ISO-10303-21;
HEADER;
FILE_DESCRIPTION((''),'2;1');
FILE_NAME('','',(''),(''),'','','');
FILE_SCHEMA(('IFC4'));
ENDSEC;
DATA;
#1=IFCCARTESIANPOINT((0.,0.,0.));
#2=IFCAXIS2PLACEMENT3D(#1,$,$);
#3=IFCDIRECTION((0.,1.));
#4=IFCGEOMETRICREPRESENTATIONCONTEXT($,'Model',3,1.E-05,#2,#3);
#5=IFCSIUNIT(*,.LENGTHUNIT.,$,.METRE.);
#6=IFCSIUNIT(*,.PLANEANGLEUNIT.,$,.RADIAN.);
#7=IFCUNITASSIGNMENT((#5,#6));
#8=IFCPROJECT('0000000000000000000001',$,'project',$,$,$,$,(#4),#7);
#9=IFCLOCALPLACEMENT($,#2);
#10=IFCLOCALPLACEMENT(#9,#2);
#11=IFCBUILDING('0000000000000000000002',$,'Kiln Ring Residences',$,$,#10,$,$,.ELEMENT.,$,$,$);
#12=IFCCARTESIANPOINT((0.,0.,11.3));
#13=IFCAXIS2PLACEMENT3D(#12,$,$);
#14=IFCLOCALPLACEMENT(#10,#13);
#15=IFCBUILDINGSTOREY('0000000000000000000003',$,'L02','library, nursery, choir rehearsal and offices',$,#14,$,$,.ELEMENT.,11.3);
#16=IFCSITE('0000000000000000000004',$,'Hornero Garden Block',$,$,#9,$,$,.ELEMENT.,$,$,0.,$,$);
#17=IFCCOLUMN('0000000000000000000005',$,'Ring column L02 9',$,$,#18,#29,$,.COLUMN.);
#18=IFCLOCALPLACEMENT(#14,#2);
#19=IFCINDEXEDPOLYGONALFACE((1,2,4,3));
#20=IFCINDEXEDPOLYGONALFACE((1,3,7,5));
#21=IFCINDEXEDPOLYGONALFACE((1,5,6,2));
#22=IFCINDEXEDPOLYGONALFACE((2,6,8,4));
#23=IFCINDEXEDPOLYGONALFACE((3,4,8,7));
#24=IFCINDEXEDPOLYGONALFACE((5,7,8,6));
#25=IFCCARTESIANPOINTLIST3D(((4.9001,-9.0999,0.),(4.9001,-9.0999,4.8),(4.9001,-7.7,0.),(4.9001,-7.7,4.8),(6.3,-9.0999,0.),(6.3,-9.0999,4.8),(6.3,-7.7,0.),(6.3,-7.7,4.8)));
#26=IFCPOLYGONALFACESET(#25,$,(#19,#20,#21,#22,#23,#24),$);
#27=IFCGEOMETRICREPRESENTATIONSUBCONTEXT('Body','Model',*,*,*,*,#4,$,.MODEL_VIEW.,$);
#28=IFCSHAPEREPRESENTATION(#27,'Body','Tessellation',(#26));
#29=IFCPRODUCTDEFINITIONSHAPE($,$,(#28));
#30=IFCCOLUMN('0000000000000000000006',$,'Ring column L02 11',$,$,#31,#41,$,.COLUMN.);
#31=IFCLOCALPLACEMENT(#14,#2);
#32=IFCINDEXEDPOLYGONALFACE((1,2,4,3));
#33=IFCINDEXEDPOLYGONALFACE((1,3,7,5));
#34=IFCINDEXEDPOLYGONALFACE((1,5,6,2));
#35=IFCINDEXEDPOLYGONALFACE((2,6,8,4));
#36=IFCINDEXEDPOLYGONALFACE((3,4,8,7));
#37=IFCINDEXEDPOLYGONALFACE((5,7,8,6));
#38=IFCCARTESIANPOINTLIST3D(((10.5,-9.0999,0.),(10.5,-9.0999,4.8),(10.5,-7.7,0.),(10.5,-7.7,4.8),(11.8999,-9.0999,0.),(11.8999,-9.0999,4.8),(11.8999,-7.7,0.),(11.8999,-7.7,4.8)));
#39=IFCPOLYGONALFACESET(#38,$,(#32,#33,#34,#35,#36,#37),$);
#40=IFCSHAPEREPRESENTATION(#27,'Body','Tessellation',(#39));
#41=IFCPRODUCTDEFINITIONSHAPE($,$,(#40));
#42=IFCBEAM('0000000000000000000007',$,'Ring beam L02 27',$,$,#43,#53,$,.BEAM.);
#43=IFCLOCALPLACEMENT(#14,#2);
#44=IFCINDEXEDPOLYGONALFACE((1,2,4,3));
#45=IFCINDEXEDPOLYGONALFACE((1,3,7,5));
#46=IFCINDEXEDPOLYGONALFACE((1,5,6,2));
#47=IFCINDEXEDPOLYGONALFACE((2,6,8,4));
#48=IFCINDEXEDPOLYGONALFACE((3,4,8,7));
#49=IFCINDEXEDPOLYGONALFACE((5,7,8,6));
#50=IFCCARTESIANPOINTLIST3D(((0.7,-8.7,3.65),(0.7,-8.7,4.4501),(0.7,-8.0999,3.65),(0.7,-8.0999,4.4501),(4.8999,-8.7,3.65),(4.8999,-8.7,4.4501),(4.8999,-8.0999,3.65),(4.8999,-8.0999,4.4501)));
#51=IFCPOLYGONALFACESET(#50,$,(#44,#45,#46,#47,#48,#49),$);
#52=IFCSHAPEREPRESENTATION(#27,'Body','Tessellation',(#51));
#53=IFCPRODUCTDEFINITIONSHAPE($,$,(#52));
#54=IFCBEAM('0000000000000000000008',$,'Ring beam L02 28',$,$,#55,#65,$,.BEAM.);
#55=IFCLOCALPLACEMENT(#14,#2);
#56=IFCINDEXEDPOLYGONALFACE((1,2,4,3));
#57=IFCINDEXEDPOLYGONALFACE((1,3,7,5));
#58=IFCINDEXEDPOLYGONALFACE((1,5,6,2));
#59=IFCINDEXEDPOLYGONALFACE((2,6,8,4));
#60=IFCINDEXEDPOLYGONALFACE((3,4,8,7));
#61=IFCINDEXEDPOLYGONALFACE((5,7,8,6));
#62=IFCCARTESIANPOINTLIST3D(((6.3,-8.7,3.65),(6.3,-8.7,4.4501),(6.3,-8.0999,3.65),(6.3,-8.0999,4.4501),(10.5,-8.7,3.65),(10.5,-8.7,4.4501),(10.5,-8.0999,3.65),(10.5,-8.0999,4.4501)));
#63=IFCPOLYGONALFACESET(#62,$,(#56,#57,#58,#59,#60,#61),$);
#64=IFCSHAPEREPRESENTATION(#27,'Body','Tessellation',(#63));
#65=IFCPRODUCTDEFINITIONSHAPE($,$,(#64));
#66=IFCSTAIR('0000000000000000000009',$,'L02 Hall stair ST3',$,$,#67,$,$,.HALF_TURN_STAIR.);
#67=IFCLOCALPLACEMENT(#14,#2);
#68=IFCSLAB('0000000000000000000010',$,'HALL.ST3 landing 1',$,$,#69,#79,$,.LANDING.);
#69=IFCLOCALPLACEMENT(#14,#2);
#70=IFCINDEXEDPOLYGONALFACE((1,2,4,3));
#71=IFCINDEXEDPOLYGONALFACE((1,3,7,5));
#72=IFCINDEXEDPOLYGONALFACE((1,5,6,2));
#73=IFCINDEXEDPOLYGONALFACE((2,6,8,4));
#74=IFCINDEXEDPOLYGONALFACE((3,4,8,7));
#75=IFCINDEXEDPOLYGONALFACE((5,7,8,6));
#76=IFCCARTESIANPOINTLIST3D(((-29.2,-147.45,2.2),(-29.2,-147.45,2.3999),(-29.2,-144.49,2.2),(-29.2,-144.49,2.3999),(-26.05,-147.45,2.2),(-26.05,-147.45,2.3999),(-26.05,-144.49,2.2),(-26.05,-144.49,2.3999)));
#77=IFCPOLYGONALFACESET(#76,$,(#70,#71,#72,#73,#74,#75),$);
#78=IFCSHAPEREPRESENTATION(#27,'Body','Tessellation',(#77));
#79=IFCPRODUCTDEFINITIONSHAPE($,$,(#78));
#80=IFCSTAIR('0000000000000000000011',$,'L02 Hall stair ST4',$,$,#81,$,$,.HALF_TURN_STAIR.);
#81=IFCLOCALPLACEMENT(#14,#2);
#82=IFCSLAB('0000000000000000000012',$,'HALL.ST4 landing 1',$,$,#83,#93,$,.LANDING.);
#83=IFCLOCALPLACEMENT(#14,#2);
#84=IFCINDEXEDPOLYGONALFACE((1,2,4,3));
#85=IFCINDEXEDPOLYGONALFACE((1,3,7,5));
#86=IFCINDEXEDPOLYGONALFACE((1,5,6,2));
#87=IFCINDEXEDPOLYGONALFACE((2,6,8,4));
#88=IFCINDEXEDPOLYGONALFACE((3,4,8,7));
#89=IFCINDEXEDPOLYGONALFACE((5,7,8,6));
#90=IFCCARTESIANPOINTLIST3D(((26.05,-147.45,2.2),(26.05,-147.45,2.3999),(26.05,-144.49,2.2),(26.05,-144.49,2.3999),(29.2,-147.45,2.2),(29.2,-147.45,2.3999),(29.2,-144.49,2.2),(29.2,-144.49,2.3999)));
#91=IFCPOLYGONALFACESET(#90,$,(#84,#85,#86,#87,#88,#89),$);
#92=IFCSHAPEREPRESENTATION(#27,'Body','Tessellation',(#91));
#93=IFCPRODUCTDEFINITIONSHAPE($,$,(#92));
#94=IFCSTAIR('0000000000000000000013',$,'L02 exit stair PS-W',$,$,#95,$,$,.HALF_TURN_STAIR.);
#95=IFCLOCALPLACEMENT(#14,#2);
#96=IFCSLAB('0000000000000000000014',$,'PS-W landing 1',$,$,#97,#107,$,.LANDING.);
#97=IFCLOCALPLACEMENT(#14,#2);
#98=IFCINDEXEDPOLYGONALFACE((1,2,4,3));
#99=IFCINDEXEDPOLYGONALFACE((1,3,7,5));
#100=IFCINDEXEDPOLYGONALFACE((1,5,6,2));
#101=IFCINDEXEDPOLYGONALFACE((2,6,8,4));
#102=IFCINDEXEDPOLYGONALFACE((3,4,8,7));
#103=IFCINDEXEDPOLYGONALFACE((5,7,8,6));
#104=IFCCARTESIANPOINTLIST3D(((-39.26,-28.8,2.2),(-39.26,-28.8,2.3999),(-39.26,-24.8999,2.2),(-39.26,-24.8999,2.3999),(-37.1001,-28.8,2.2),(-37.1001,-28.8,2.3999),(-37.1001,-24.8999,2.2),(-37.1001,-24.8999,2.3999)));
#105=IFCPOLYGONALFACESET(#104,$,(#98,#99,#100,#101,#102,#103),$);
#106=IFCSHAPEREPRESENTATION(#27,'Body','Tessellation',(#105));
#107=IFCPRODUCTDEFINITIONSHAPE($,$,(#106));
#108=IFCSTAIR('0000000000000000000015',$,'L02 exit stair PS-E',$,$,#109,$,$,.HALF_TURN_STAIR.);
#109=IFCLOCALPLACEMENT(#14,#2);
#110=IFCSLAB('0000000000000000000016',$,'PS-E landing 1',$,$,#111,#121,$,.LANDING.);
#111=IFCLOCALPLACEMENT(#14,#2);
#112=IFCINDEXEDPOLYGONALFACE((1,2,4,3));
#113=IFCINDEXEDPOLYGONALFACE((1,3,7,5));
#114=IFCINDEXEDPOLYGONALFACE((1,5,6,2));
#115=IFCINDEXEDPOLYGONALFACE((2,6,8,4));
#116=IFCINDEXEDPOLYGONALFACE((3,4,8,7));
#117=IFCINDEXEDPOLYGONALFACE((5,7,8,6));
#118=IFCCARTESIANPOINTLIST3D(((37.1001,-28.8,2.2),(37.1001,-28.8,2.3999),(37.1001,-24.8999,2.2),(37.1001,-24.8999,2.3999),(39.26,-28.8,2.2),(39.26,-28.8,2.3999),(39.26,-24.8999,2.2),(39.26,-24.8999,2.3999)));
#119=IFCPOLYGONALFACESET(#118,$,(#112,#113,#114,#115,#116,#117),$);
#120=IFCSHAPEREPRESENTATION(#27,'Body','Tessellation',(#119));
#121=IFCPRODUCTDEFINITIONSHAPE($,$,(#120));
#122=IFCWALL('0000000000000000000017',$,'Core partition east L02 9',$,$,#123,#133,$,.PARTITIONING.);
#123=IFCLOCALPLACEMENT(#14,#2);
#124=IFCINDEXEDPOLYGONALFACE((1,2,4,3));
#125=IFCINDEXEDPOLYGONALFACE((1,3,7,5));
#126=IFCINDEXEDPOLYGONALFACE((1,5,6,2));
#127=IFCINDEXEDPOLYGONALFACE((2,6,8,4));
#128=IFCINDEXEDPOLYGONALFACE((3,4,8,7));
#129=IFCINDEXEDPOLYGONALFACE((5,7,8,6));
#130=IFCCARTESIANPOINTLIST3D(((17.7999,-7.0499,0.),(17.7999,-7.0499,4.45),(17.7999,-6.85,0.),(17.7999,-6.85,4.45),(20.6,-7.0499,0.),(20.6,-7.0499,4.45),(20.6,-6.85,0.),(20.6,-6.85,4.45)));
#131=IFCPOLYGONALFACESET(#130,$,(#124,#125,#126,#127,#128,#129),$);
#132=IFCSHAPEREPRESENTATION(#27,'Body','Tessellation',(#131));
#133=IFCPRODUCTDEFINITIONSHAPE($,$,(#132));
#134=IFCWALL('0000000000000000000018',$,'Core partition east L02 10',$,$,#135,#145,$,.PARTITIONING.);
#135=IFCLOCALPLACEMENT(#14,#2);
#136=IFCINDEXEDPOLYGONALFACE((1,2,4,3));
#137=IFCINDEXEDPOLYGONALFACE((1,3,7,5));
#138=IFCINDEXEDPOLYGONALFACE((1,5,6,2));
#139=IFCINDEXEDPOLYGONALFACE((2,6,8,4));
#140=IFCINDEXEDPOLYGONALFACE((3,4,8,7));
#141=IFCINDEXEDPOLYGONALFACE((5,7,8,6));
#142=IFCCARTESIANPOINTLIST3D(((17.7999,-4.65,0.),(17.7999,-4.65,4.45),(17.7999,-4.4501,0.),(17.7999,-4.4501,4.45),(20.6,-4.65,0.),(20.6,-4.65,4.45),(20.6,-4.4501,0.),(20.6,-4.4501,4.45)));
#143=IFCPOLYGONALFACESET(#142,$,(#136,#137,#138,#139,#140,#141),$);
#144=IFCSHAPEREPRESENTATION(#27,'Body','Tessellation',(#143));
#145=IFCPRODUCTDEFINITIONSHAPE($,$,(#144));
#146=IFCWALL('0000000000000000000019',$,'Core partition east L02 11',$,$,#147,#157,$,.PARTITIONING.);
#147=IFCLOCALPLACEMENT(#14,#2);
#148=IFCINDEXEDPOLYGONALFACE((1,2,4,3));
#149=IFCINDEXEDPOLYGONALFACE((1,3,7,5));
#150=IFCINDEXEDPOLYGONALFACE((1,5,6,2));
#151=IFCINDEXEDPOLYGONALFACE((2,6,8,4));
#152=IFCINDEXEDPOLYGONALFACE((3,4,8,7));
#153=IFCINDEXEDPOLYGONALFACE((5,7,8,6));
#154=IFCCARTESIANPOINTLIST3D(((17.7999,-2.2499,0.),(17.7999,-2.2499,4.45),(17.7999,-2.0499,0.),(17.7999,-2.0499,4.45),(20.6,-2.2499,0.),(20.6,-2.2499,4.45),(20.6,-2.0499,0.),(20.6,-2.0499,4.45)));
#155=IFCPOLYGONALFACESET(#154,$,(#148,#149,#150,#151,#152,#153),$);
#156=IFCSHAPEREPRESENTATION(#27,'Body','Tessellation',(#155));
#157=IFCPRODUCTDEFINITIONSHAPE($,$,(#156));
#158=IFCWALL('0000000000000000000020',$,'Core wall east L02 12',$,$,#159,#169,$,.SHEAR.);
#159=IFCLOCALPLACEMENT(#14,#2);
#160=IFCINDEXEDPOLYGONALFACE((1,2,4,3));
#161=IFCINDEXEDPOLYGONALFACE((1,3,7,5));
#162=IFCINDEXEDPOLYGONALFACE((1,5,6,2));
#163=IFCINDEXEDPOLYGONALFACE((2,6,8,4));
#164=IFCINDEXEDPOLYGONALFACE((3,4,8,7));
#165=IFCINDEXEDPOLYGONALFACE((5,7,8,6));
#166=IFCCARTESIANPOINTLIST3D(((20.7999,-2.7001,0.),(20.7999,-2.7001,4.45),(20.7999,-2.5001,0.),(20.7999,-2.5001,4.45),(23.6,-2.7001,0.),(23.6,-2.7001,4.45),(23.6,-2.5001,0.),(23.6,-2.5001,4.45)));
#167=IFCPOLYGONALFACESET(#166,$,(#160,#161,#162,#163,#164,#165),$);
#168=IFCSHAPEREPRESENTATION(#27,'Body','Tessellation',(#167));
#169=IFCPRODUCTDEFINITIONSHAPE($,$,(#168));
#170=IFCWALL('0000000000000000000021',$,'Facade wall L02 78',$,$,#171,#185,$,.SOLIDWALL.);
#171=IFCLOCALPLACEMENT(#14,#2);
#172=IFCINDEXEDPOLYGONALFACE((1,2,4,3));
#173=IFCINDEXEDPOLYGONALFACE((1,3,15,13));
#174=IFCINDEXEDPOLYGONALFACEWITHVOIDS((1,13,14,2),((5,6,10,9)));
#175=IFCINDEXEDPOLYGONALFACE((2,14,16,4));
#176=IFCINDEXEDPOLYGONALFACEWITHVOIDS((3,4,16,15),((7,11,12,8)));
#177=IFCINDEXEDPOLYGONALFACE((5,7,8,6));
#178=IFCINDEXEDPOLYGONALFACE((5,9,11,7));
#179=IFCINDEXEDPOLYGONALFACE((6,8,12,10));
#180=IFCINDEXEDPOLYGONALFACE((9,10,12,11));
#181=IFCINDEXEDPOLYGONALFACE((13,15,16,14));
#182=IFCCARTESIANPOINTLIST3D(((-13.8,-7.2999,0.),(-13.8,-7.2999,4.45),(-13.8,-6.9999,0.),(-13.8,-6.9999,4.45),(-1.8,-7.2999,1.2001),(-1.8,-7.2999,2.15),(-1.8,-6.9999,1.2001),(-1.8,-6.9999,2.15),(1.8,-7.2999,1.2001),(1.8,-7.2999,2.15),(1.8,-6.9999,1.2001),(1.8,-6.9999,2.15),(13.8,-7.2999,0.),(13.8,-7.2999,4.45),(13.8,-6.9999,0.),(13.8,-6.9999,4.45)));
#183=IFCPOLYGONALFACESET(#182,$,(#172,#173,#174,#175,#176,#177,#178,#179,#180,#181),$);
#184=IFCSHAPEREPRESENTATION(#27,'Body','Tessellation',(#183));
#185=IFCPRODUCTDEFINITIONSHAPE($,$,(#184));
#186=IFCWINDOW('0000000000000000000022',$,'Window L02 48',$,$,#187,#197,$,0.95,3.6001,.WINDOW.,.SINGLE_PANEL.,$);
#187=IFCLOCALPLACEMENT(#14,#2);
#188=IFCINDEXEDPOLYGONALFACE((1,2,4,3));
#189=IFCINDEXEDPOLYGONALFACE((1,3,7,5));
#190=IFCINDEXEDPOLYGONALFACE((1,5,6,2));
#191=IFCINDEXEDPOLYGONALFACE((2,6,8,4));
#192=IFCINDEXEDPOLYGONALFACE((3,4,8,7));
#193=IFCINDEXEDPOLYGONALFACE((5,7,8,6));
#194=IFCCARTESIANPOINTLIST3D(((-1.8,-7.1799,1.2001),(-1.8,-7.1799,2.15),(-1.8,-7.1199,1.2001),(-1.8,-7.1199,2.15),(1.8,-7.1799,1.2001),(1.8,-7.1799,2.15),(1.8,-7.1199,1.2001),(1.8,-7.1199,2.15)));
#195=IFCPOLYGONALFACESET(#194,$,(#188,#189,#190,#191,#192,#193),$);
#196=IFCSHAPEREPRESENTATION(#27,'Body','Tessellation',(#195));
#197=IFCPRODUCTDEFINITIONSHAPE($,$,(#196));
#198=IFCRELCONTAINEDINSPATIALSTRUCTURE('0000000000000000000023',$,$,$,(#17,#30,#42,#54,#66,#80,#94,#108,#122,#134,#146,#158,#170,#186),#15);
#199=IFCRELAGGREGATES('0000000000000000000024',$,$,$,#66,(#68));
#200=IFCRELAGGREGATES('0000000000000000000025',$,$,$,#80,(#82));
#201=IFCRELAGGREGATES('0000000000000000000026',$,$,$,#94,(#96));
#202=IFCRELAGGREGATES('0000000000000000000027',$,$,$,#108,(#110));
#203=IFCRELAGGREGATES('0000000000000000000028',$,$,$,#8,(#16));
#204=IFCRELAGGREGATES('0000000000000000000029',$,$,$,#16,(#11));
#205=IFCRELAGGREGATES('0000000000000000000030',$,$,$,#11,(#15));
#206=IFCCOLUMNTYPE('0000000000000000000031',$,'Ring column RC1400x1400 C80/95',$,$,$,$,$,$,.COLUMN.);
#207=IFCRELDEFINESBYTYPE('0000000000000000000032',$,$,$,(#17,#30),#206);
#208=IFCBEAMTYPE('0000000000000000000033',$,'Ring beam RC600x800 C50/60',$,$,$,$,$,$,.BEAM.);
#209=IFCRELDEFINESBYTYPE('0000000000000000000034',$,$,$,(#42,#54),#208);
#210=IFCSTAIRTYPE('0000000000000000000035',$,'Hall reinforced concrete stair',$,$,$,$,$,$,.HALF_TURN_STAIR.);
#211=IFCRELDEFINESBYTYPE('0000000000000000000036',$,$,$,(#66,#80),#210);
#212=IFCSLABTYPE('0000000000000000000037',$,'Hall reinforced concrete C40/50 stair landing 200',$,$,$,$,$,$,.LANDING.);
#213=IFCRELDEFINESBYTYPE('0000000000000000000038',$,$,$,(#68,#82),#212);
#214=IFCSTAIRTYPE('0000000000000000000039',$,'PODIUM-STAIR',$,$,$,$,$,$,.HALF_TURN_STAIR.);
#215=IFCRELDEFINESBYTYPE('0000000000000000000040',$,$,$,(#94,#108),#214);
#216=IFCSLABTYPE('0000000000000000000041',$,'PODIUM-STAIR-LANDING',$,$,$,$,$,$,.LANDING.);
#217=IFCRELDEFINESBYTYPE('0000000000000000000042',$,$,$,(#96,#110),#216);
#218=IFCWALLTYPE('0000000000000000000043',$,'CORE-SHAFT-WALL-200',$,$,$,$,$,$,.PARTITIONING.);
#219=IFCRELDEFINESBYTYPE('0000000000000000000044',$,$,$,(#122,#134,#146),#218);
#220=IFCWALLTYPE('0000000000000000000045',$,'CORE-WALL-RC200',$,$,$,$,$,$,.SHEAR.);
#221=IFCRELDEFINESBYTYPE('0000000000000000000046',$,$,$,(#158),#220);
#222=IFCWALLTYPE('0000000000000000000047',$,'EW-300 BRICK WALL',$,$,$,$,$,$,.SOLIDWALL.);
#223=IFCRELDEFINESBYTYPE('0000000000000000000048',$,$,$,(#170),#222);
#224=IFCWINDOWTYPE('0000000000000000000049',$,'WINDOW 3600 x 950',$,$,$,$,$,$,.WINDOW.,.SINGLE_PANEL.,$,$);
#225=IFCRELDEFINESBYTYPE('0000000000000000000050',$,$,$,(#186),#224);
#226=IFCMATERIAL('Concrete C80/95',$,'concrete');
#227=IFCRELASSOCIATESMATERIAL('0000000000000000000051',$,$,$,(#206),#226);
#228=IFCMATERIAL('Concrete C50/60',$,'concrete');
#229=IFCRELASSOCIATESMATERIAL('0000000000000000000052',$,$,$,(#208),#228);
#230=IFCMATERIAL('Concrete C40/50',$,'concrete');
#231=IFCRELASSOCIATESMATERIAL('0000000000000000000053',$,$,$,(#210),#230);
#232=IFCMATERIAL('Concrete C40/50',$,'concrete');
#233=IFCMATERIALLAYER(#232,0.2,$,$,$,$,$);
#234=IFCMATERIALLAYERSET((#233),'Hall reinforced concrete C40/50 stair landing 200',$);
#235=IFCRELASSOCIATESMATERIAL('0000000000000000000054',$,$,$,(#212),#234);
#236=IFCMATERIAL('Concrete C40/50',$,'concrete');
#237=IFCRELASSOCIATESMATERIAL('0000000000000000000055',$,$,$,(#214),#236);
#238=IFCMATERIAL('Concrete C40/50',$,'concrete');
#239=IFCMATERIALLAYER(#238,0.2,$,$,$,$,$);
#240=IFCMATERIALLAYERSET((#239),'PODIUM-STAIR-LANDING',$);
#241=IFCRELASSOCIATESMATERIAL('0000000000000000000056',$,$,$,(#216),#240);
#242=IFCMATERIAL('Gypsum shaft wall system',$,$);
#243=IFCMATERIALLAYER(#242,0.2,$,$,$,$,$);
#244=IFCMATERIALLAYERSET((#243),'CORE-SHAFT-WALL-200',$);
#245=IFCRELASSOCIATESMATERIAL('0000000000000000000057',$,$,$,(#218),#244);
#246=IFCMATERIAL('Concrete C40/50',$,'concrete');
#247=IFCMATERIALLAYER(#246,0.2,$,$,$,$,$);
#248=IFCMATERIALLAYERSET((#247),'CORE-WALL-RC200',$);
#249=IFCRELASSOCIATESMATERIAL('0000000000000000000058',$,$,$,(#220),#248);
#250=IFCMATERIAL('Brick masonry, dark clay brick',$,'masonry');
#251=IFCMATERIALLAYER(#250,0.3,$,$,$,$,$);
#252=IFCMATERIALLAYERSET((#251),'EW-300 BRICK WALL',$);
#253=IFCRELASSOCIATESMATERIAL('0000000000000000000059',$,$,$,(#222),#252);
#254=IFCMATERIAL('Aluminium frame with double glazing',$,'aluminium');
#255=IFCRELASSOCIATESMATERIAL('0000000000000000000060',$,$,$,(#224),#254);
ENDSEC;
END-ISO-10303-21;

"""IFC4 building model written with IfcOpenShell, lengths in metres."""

from ifc_helpers import new_model, si_unit, direction, frame, frame_2d, origin, origin_2d, place, context, subcontext, project, spatial, polyline, rectangle, outline, extrude, material, layer, layer_set, material_profile, profile_set, type_object, element, fill, aggregate, save


model = new_model("IFC4")

# Units and contexts
model_context = context("Model", 3, precision=1e-05, world=origin(), true_north=direction((0.0, 1.0)))
body_context = subcontext(model_context, "Body", "Model", "MODEL_VIEW")
ifc_project = project(units=[si_unit("LENGTHUNIT", "METRE"), si_unit("PLANEANGLEUNIT", "RADIAN")], contexts=[model_context])

# Site, building, storey
site_placement = place(None, origin())
site = spatial("IfcSite", under=ifc_project, at=site_placement, Name="Hornero Garden Block", CompositionType="ELEMENT", RefElevation=0.0)
building_placement = place(site_placement, origin())
building = spatial("IfcBuilding", under=site, at=building_placement, Name="Kiln Ring Residences", CompositionType="ELEMENT")
storey_placement = place(building_placement, frame((0.0, 0.0, 11.3)))
storey = spatial("IfcBuildingStorey", under=building, at=storey_placement, Name="L02", Description="library, nursery, choir rehearsal and offices", CompositionType="ELEMENT", Elevation=11.3)

# Columns
ifc_material_1 = material(Name="Concrete C80/95", Category="concrete")
ifc_material_profile_1 = material_profile(ifc_material_1, rectangle(XDim=1.3999, YDim=1.3999, at=origin_2d()), Name="RC1400x1400")
ifc_profile_set_1 = profile_set([ifc_material_profile_1], Name="Concrete C80/95")
column_type = type_object("IfcColumnType", Name="Ring column RC1400x1400 C80/95", PredefinedType="COLUMN", material=ifc_profile_set_1)
for number, where, z_axis, x_axis, name in (
    (1, (5.6001, -8.3999, 0.0), (0.0, 0.0, 1.0), (1.0, 0.0, 0.0), "Ring column L02 9"),
    (2, (11.2, -8.3999, 0.0), (0.0, 0.0, 1.0), (1.0, 0.0, 0.0), "Ring column L02 11"),
):
    element("IfcColumn", number, at=place(storey_placement, frame(where, z_axis=z_axis, x_axis=x_axis)), inside=storey, type_object=column_type, Name=name, PredefinedType="COLUMN", context=body_context, shape_type="SweptSolid", body=[
        extrude(rectangle(XDim=1.3999, YDim=1.3999, at=origin_2d()), origin(), (0.0, 0.0, 1.0), 4.8),
    ])

# Beams
ifc_material_2 = material(Name="Concrete C50/60", Category="concrete")
ifc_material_profile_2 = material_profile(ifc_material_2, rectangle(XDim=0.6001, YDim=0.8, at=origin_2d()), Name="RC600x800")
ifc_profile_set_2 = profile_set([ifc_material_profile_2], Name="Concrete C50/60")
beam_type = type_object("IfcBeamType", Name="Ring beam RC600x800 C50/60", PredefinedType="BEAM", material=ifc_profile_set_2)
for number, where, z_axis, x_axis, name in (
    (3, (0.7, -8.3999, 4.05), (1.0, 0.0, 0.0), (0.0, 1.0, 0.0), "Ring beam L02 27"),
    (4, (6.3, -8.3999, 4.05), (1.0, 0.0, 0.0), (0.0, 1.0, 0.0), "Ring beam L02 28"),
):
    element("IfcBeam", number, at=place(storey_placement, frame(where, z_axis=z_axis, x_axis=x_axis)), inside=storey, type_object=beam_type, Name=name, PredefinedType="BEAM", context=body_context, shape_type="SweptSolid", body=[
        extrude(rectangle(XDim=0.6001, YDim=0.8, at=origin_2d()), origin(), (0.0, 0.0, 1.0), 4.2),
    ])

# Stairs, slabs
ifc_material_3 = material(Name="Concrete C40/50", Category="concrete")
stair_type_1 = type_object("IfcStairType", Name="Hall reinforced concrete stair", PredefinedType="HALF_TURN_STAIR", material=ifc_material_3)
placement_1 = place(storey_placement, origin())
stair_1 = element("IfcStair", 5, at=placement_1, inside=storey, type_object=stair_type_1, Name="L02 Hall stair ST3", PredefinedType="HALF_TURN_STAIR")
ifc_material_4 = material(Name="Concrete C40/50", Category="concrete")
ifc_layer_1 = layer(ifc_material_4, 0.2)
ifc_layer_set_1 = layer_set([ifc_layer_1], Name="Hall reinforced concrete C40/50 stair landing 200")
slab_type_1 = type_object("IfcSlabType", Name="Hall reinforced concrete C40/50 stair landing 200", PredefinedType="LANDING", material=ifc_layer_set_1)
placement_2 = place(storey_placement, frame((0.0, 0.0, 2.2)))
slab_1 = element("IfcSlab", 6, at=placement_2, type_object=slab_type_1, Name="HALL.ST3 landing 1", PredefinedType="LANDING", context=body_context, shape_type="SweptSolid", body=[
    extrude(outline(polyline([(-29.2, -144.49), (-29.2, -147.45), (-26.05, -147.45), (-26.05, -144.49), (-29.2, -144.49)])), origin(), (0.0, 0.0, 1.0), 0.2),
])
aggregate(stair_1, [slab_1])
stair_2 = element("IfcStair", 7, at=placement_1, inside=storey, type_object=stair_type_1, Name="L02 Hall stair ST4", PredefinedType="HALF_TURN_STAIR")
slab_2 = element("IfcSlab", 8, at=placement_2, type_object=slab_type_1, Name="HALL.ST4 landing 1", PredefinedType="LANDING", context=body_context, shape_type="SweptSolid", body=[
    extrude(outline(polyline([(26.05, -144.49), (26.05, -147.45), (29.2, -147.45), (29.2, -144.49), (26.05, -144.49)])), origin(), (0.0, 0.0, 1.0), 0.2),
])
aggregate(stair_2, [slab_2])
ifc_material_5 = material(Name="Concrete C40/50", Category="concrete")
stair_type_2 = type_object("IfcStairType", Name="PODIUM-STAIR", PredefinedType="HALF_TURN_STAIR", material=ifc_material_5)
stair_3 = element("IfcStair", 9, at=placement_1, inside=storey, type_object=stair_type_2, Name="L02 exit stair PS-W", PredefinedType="HALF_TURN_STAIR")
ifc_material_6 = material(Name="Concrete C40/50", Category="concrete")
ifc_layer_2 = layer(ifc_material_6, 0.2)
ifc_layer_set_2 = layer_set([ifc_layer_2], Name="PODIUM-STAIR-LANDING")
slab_type_2 = type_object("IfcSlabType", Name="PODIUM-STAIR-LANDING", PredefinedType="LANDING", material=ifc_layer_set_2)
slab_3 = element("IfcSlab", 10, at=placement_2, type_object=slab_type_2, Name="PS-W landing 1", PredefinedType="LANDING", context=body_context, shape_type="SweptSolid", body=[
    extrude(outline(polyline([(-39.26, -28.8), (-37.1001, -28.8), (-37.1001, -24.8999), (-39.26, -24.8999), (-39.26, -28.8)])), origin(), (0.0, 0.0, 1.0), 0.2),
])
aggregate(stair_3, [slab_3])
stair_4 = element("IfcStair", 11, at=placement_1, inside=storey, type_object=stair_type_2, Name="L02 exit stair PS-E", PredefinedType="HALF_TURN_STAIR")
slab_4 = element("IfcSlab", 12, at=placement_2, type_object=slab_type_2, Name="PS-E landing 1", PredefinedType="LANDING", context=body_context, shape_type="SweptSolid", body=[
    extrude(outline(polyline([(39.26, -24.8999), (37.1001, -24.8999), (37.1001, -28.8), (39.26, -28.8), (39.26, -24.8999)])), origin(), (0.0, 0.0, 1.0), 0.2),
])
aggregate(stair_4, [slab_4])

# Walls
ifc_material_7 = material(Name="Gypsum shaft wall system")
ifc_layer_3 = layer(ifc_material_7, 0.2)
ifc_layer_set_3 = layer_set([ifc_layer_3], Name="CORE-SHAFT-WALL-200")
wall_type_1 = type_object("IfcWallType", Name="CORE-SHAFT-WALL-200", PredefinedType="PARTITIONING", material=ifc_layer_set_3)
for number, where, z_axis, x_axis, name in (
    (13, (17.8, -6.95, 0.0), (0.0, 0.0, 1.0), (1.0, 0.0, 0.0), "Core partition east L02 9"),
    (14, (17.8, -4.55, 0.0), (0.0, 0.0, 1.0), (1.0, 0.0, 0.0), "Core partition east L02 10"),
    (15, (17.8, -2.1499, 0.0), (0.0, 0.0, 1.0), (1.0, 0.0, 0.0), "Core partition east L02 11"),
):
    element("IfcWall", number, at=place(storey_placement, frame(where, z_axis=z_axis, x_axis=x_axis)), inside=storey, type_object=wall_type_1, Name=name, PredefinedType="PARTITIONING", context=body_context, shape_type="SweptSolid", body=[
        extrude(rectangle(XDim=2.8, YDim=0.2, at=frame_2d((1.3999, 0.0))), origin(), (0.0, 0.0, 1.0), 4.45),
    ])
ifc_material_8 = material(Name="Concrete C40/50", Category="concrete")
ifc_layer_4 = layer(ifc_material_8, 0.2)
ifc_layer_set_4 = layer_set([ifc_layer_4], Name="CORE-WALL-RC200")
wall_type_2 = type_object("IfcWallType", Name="CORE-WALL-RC200", PredefinedType="SHEAR", material=ifc_layer_set_4)
wall_1_placement = place(storey_placement, frame((20.8, -2.6001, 0.0), z_axis=(0.0, 0.0, 1.0), x_axis=(1.0, 0.0, 0.0)))
element("IfcWall", 16, at=wall_1_placement, inside=storey, type_object=wall_type_2, Name="Core wall east L02 12", PredefinedType="SHEAR", context=body_context, shape_type="SweptSolid", body=[
    extrude(rectangle(XDim=2.8, YDim=0.2, at=frame_2d((1.3999, 0.0))), origin(), (0.0, 0.0, 1.0), 4.45),
])

# Wall, opening, window
ifc_material_9 = material(Name="Brick masonry, dark clay brick", Category="masonry")
ifc_layer_5 = layer(ifc_material_9, 0.3)
ifc_layer_set_5 = layer_set([ifc_layer_5], Name="EW-300 BRICK WALL")
wall_type_3 = type_object("IfcWallType", Name="EW-300 BRICK WALL", PredefinedType="SOLIDWALL", material=ifc_layer_set_5)
wall_2_placement = place(storey_placement, frame((13.8, -7.1499, 0.0), z_axis=(0.0, 0.0, 1.0), x_axis=(-1.0, 0.0, 0.0)))
wall_2 = element("IfcWall", 17, at=wall_2_placement, inside=storey, type_object=wall_type_3, Name="Facade wall L02 78", PredefinedType="SOLIDWALL", context=body_context, shape_type="SweptSolid", body=[
    extrude(rectangle(XDim=27.6001, YDim=0.3, at=frame_2d((13.8, 0.0))), origin(), (0.0, 0.0, 1.0), 4.45),
])
opening_placement = place(wall_2_placement, frame((12.0, 0.0, 1.2)))
opening = element("IfcOpeningElement", 18, at=opening_placement, cuts=wall_2, PredefinedType="OPENING", context=body_context, shape_type="SweptSolid", body=[
    extrude(rectangle(XDim=3.6001, YDim=0.95, at=frame_2d((1.8, 0.4751))), frame((0.0, 0.1599, 0.0), z_axis=(0.0, -1.0, 0.0), x_axis=(1.0, 0.0, 0.0)), (0.0, 0.0, 1.0), 0.3201),
])
ifc_material_10 = material(Name="Aluminium frame with double glazing", Category="aluminium")
window_type = type_object("IfcWindowType", Name="WINDOW 3600 x 950", PartitioningType="SINGLE_PANEL", PredefinedType="WINDOW", material=ifc_material_10)
window_placement = place(opening_placement, origin())
window = element("IfcWindow", 19, at=window_placement, inside=storey, type_object=window_type, Name="Window L02 48", OverallHeight=0.95, OverallWidth=3.6001, PartitioningType="SINGLE_PANEL", PredefinedType="WINDOW", context=body_context, shape_type="SweptSolid", body=[
    extrude(rectangle(XDim=3.6001, YDim=0.95, at=frame_2d((1.8, 0.4751))), frame((0.0, 0.03, 0.0), z_axis=(0.0, -1.0, 0.0), x_axis=(1.0, 0.0, 0.0)), (0.0, 0.0, 1.0), 0.0601),
])
fill(opening, window)

save(model, "model.ifc")
